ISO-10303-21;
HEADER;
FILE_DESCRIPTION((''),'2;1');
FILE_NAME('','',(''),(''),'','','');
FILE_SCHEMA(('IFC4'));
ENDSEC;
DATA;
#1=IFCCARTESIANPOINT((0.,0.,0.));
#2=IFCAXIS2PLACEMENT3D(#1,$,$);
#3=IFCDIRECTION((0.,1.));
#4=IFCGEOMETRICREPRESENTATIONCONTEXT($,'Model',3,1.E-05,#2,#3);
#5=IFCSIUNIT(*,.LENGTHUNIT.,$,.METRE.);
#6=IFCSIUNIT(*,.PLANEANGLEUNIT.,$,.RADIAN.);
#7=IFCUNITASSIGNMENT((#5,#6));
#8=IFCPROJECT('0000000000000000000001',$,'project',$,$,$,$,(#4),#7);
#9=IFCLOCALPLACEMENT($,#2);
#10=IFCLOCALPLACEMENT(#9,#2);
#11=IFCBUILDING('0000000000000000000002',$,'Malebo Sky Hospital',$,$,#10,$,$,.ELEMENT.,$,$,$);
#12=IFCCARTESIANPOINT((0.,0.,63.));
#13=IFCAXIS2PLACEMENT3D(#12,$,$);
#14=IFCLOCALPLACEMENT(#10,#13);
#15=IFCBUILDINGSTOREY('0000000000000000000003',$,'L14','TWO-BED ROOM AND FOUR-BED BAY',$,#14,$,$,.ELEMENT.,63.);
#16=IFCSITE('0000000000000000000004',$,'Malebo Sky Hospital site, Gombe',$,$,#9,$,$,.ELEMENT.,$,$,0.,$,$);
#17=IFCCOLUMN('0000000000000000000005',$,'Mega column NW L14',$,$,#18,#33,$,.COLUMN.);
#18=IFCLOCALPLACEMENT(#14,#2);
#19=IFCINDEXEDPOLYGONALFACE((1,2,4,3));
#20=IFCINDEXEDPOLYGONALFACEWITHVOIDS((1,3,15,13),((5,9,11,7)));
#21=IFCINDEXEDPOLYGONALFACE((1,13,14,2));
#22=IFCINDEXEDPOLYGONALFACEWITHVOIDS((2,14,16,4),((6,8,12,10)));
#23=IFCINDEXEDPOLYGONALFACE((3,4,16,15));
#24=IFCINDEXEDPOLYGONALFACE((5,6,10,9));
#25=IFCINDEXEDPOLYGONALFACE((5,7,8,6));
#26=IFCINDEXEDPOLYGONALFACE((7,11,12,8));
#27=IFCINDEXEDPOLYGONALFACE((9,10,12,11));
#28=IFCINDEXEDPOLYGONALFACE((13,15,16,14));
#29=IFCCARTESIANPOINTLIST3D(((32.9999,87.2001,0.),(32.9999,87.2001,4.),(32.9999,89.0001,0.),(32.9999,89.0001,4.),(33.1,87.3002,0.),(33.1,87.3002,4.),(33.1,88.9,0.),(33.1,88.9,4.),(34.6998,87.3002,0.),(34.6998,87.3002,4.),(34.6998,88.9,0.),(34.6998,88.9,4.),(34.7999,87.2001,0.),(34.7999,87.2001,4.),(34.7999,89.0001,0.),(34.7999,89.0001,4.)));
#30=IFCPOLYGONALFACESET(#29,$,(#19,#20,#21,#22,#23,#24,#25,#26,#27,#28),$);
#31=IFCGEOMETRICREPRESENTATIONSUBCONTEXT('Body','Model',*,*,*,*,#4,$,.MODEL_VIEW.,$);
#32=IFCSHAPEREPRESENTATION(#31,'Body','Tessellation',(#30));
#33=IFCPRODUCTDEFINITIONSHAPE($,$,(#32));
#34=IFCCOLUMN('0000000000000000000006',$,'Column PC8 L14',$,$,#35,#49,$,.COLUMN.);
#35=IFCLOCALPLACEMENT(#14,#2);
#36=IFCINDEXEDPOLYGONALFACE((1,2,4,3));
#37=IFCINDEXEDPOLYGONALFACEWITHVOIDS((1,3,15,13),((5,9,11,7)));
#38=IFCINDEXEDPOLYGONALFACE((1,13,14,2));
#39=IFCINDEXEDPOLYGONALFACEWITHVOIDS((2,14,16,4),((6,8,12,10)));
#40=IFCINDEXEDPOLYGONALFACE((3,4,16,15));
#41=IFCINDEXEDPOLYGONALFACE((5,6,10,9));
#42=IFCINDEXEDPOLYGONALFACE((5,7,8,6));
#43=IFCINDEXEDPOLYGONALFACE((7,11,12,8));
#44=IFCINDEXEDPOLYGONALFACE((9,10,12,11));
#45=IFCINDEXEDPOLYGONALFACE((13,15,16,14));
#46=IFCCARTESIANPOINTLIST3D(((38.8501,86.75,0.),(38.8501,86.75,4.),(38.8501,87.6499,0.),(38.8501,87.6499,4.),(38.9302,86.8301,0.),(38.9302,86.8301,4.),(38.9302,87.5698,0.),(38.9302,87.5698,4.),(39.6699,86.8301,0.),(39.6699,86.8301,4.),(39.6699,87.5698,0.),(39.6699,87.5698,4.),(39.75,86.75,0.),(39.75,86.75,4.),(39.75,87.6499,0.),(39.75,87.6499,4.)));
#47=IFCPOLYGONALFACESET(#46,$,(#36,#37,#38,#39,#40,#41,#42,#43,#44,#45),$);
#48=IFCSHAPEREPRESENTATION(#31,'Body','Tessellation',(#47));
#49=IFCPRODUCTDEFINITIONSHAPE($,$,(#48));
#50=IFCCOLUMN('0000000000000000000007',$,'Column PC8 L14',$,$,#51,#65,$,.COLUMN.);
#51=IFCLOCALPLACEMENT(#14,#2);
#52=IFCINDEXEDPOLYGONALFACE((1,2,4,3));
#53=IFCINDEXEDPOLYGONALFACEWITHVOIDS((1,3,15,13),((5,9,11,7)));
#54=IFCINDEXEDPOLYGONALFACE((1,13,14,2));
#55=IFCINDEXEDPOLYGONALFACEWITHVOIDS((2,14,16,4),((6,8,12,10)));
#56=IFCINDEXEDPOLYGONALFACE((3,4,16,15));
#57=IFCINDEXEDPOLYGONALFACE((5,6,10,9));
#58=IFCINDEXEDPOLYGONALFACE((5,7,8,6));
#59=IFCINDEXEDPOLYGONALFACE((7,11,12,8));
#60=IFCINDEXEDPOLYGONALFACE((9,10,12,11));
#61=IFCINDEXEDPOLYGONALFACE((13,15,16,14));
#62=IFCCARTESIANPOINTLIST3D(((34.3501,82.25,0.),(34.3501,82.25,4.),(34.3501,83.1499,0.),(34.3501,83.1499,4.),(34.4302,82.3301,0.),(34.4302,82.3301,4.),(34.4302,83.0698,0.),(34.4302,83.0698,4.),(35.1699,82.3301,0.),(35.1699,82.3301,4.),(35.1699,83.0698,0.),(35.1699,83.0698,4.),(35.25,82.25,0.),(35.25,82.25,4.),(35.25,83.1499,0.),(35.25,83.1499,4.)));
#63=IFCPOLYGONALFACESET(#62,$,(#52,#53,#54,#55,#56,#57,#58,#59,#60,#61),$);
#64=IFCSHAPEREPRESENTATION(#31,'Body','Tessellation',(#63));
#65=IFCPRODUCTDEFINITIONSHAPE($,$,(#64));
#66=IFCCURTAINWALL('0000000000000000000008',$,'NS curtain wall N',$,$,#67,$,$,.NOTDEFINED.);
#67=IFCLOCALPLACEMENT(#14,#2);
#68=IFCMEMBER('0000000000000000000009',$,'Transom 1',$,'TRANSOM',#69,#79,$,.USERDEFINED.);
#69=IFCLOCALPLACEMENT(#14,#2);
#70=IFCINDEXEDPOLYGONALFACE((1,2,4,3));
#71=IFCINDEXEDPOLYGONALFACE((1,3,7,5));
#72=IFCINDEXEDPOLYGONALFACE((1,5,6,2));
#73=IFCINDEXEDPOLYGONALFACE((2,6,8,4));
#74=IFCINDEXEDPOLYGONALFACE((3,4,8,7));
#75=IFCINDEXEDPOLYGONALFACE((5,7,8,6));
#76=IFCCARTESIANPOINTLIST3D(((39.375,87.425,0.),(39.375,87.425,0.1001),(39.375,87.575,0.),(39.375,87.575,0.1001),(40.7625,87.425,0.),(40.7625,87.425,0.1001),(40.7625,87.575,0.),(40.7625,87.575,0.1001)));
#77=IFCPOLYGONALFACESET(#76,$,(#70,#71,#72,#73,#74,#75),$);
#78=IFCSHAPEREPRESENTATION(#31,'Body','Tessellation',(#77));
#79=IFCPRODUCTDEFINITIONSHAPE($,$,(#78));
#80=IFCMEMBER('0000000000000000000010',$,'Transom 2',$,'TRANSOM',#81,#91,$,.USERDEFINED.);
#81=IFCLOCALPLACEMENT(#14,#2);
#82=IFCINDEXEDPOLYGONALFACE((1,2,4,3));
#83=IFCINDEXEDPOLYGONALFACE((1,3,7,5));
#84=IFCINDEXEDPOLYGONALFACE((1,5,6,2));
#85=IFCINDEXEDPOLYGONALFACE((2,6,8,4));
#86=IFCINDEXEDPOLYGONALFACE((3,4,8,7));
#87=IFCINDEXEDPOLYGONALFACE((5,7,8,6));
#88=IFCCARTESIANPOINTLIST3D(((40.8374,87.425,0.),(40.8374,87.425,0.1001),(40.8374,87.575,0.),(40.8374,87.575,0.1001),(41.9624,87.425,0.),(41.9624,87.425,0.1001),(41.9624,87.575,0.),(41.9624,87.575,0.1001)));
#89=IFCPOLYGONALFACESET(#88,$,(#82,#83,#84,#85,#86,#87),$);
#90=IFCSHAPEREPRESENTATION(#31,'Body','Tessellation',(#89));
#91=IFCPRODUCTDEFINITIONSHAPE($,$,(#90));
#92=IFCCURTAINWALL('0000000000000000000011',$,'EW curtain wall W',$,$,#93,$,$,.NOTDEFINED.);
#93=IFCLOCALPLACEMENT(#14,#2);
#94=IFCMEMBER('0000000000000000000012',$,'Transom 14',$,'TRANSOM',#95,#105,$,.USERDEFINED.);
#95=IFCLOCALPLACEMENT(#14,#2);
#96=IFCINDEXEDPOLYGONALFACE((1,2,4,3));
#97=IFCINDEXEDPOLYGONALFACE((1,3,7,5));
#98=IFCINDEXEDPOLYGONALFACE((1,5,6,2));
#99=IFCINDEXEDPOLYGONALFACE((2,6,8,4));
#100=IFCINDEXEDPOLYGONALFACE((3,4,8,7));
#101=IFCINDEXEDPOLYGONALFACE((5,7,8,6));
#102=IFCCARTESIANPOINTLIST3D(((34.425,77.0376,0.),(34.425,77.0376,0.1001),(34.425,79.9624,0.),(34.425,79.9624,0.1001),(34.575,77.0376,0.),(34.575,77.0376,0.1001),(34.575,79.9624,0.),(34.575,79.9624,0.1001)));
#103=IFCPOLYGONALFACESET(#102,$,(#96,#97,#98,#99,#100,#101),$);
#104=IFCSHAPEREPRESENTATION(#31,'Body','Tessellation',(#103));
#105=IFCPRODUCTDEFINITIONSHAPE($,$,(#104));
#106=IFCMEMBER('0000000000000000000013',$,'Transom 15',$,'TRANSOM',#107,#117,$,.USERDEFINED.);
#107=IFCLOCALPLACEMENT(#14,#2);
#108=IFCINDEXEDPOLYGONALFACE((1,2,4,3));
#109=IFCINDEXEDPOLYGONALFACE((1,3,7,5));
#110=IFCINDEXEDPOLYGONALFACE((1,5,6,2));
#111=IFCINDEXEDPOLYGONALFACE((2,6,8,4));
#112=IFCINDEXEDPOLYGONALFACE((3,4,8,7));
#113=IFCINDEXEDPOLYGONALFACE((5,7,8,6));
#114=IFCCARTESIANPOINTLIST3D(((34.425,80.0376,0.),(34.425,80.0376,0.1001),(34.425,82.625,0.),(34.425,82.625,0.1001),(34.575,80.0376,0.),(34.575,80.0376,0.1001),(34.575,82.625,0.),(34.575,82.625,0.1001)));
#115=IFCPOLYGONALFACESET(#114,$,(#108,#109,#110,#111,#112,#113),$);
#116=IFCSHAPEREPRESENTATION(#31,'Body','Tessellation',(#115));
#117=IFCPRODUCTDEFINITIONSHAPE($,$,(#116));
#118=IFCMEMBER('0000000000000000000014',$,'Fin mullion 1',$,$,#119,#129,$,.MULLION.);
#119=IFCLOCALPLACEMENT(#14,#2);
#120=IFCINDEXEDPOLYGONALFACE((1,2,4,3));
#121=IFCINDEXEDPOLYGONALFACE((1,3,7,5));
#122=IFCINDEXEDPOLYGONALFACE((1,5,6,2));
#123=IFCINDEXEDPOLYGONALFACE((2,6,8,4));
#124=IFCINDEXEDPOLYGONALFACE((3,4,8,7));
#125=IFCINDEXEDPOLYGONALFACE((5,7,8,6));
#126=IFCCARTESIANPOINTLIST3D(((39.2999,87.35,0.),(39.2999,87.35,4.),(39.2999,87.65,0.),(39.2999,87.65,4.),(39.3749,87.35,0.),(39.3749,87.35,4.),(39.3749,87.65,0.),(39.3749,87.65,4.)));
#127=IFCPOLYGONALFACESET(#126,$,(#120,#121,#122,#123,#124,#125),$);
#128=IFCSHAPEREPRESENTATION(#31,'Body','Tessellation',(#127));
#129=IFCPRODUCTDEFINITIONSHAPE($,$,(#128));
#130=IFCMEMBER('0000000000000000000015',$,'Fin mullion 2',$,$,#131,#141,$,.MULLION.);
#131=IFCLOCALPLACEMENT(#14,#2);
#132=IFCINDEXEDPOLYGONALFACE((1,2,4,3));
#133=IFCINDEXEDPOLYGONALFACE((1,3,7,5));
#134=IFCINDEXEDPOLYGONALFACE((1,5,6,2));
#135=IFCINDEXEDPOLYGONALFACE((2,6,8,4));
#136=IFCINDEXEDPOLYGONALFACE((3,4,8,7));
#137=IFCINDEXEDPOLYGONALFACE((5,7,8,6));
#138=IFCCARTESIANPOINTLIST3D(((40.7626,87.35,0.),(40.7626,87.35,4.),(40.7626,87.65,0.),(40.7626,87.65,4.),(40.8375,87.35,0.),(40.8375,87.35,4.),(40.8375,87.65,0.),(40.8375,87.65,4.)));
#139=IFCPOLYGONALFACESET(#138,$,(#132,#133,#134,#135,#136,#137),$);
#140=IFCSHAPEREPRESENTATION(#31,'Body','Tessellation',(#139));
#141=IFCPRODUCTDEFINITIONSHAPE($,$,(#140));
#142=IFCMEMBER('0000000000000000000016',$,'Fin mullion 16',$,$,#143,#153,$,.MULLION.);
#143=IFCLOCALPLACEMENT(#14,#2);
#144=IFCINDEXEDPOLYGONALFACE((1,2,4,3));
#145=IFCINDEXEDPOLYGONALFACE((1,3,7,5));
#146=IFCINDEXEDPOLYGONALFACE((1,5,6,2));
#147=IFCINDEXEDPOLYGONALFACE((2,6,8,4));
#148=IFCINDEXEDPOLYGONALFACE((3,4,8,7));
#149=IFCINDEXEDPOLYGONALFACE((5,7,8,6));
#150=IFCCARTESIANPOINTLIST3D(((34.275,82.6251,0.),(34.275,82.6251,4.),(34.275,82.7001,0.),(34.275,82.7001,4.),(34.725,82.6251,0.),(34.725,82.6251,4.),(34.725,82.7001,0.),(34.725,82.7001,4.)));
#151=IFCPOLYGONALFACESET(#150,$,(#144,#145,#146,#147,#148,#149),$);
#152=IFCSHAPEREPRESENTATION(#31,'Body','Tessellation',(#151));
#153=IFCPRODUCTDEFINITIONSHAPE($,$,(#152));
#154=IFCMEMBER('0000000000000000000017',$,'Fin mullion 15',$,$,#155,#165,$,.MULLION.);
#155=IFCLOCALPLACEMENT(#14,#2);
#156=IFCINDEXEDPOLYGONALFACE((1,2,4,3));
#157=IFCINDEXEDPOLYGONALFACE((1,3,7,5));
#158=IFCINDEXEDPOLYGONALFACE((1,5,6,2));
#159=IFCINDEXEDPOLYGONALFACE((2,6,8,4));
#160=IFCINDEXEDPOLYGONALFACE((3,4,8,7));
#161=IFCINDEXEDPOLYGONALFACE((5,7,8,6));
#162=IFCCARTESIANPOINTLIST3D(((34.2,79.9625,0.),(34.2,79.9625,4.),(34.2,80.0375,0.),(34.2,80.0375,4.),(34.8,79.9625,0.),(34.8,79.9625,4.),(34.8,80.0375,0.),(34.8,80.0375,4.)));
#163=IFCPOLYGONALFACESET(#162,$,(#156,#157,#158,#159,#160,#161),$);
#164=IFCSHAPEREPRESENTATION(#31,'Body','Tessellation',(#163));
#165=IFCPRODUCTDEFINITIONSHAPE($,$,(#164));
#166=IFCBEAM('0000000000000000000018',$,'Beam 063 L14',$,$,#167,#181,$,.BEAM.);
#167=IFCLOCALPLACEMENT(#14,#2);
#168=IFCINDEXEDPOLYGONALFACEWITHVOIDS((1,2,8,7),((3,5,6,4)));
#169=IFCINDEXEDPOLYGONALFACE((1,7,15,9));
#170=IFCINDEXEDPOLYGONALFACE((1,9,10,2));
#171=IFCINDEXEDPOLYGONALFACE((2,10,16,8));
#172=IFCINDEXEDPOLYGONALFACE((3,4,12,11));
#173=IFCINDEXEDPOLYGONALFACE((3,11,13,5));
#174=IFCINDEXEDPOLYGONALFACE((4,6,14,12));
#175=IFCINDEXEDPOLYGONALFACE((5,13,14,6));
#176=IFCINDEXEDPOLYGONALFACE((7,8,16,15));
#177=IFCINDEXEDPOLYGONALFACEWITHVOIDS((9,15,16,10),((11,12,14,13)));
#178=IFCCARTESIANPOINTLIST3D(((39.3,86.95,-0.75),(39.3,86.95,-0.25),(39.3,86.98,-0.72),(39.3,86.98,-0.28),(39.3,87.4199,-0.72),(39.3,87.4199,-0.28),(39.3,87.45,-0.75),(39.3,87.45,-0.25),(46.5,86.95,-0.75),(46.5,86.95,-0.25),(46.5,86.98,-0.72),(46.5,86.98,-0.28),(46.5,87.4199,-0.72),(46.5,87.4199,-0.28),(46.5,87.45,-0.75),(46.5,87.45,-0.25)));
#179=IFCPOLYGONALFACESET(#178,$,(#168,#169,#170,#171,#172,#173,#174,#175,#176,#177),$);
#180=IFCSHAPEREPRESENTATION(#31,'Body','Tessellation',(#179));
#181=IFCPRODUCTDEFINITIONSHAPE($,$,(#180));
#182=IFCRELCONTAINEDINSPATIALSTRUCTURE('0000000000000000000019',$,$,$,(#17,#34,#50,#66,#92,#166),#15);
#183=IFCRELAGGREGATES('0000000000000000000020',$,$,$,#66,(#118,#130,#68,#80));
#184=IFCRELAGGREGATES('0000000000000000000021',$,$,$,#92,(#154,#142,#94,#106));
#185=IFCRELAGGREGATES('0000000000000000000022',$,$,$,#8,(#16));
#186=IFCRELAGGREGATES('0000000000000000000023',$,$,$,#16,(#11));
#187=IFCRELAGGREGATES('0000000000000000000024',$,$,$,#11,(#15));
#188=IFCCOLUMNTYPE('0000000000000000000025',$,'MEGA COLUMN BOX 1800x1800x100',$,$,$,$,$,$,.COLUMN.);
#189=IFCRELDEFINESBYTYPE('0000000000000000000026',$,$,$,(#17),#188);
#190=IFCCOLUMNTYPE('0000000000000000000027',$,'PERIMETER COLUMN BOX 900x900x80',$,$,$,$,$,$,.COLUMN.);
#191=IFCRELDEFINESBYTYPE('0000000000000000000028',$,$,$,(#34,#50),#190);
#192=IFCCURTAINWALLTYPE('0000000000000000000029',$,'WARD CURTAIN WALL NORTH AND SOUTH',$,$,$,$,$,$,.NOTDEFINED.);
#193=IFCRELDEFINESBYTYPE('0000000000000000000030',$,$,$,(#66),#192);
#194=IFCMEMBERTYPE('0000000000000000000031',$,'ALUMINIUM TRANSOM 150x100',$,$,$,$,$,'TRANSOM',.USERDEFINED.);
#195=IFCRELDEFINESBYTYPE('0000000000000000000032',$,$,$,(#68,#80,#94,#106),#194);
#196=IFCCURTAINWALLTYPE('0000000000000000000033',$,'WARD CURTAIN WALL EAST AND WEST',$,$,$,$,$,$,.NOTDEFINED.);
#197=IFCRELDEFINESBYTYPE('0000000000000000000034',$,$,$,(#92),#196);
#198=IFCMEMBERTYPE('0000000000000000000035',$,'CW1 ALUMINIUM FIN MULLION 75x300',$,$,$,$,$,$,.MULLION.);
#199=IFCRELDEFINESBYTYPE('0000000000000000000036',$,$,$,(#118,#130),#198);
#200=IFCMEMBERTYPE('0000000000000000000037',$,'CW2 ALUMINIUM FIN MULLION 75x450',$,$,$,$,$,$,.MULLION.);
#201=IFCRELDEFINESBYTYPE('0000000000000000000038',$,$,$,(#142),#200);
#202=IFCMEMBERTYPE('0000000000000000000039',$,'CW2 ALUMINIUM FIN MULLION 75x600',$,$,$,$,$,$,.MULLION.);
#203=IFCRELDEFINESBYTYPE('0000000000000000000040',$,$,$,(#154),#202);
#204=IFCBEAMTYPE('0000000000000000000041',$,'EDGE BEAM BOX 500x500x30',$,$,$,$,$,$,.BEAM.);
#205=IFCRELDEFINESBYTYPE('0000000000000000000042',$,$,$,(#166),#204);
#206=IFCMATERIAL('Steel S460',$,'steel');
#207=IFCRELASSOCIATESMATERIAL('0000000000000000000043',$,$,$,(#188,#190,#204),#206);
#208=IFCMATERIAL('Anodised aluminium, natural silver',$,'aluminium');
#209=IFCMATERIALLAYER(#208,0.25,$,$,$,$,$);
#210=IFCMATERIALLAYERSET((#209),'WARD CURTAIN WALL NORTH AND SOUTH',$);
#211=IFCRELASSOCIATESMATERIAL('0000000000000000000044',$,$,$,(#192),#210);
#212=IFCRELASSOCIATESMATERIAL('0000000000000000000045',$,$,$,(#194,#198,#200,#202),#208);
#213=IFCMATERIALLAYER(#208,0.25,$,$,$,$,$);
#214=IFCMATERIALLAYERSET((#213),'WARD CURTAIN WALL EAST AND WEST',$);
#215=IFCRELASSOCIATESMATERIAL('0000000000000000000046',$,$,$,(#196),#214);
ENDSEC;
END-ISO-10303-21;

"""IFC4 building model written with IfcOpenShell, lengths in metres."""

from ifc_helpers import new_model, si_unit, direction, frame, origin, origin_2d, place, context, subcontext, project, spatial, rectangle, hollow_rectangle, extrude, material, layer, layer_set, material_profile, profile_set, type_object, element, aggregate, save


model = new_model("IFC4")

# Units and contexts
model_context = context("Model", 3, precision=1e-05, world=origin(), true_north=direction((0.0, 1.0)))
body_context = subcontext(model_context, "Body", "Model", "MODEL_VIEW")
ifc_project = project(units=[si_unit("LENGTHUNIT", "METRE"), si_unit("PLANEANGLEUNIT", "RADIAN")], contexts=[model_context])

# Site, building, storey
site_placement = place(None, origin())
site = spatial("IfcSite", under=ifc_project, at=site_placement, Name="Malebo Sky Hospital site, Gombe", CompositionType="ELEMENT", RefElevation=0.0)
building_placement = place(site_placement, origin())
building = spatial("IfcBuilding", under=site, at=building_placement, Name="Malebo Sky Hospital", CompositionType="ELEMENT")
storey_placement = place(building_placement, frame((0.0, 0.0, 63.0)))
storey = spatial("IfcBuildingStorey", under=building, at=storey_placement, Name="L14", Description="TWO-BED ROOM AND FOUR-BED BAY", CompositionType="ELEMENT", Elevation=63.0)

# Columns
ifc_material_1 = material(Name="Steel S460", Category="steel")
ifc_material_profile_1 = material_profile(ifc_material_1, hollow_rectangle(XDim=1.8, YDim=1.8, WallThickness=0.1001, at=origin_2d()), Name="BOX 1800x1800x100")
ifc_profile_set_1 = profile_set([ifc_material_profile_1], Name="Steel S460")
column_type_1 = type_object("IfcColumnType", Name="MEGA COLUMN BOX 1800x1800x100", PredefinedType="COLUMN", material=ifc_profile_set_1)
column_placement = place(storey_placement, frame((33.8999, 88.1001, 0.0), z_axis=(0.0, 0.0, 1.0), x_axis=(1.0, 0.0, 0.0)))
element("IfcColumn", 1, at=column_placement, inside=storey, type_object=column_type_1, Name="Mega column NW L14", PredefinedType="COLUMN", context=body_context, shape_type="SweptSolid", body=[
    extrude(hollow_rectangle(XDim=1.8, YDim=1.8, WallThickness=0.1001, at=origin_2d()), origin(), (0.0, 0.0, 1.0), 4.0),
])
ifc_material_profile_2 = material_profile(ifc_material_1, hollow_rectangle(XDim=0.8999, YDim=0.8999, WallThickness=0.0801, at=origin_2d()), Name="BOX 900x900x80")
ifc_profile_set_2 = profile_set([ifc_material_profile_2], Name="Steel S460")
column_type_2 = type_object("IfcColumnType", Name="PERIMETER COLUMN BOX 900x900x80", PredefinedType="COLUMN", material=ifc_profile_set_2)
for number, where, z_axis, x_axis, name in (
    (2, (39.3, 87.2, 0.0), (0.0, 0.0, 1.0), (1.0, 0.0, 0.0), "Column PC8 L14"),
    (3, (34.8, 82.7, 0.0), (0.0, 0.0, 1.0), (1.0, 0.0, 0.0), "Column PC8 L14"),
):
    element("IfcColumn", number, at=place(storey_placement, frame(where, z_axis=z_axis, x_axis=x_axis)), inside=storey, type_object=column_type_2, Name=name, PredefinedType="COLUMN", context=body_context, shape_type="SweptSolid", body=[
        extrude(hollow_rectangle(XDim=0.8999, YDim=0.8999, WallThickness=0.0801, at=origin_2d()), origin(), (0.0, 0.0, 1.0), 4.0),
    ])

# Curtain walls, members
ifc_material_2 = material(Name="Anodised aluminium, natural silver", Category="aluminium")
ifc_layer_1 = layer(ifc_material_2, 0.25)
ifc_layer_set_1 = layer_set([ifc_layer_1], Name="WARD CURTAIN WALL NORTH AND SOUTH")
curtain_wall_type_1 = type_object("IfcCurtainWallType", Name="WARD CURTAIN WALL NORTH AND SOUTH", PredefinedType="NOTDEFINED", material=ifc_layer_set_1)
curtain_wall_1_placement = place(storey_placement, origin())
curtain_wall_1 = element("IfcCurtainWall", 4, at=curtain_wall_1_placement, inside=storey, type_object=curtain_wall_type_1, Name="NS curtain wall N", PredefinedType="NOTDEFINED")
ifc_material_profile_3 = material_profile(ifc_material_2, rectangle(XDim=0.1499, YDim=0.1001, at=origin_2d()), Name="ALUMINIUM TRANSOM 150x100")
ifc_profile_set_3 = profile_set([ifc_material_profile_3], Name="Anodised aluminium, natural silver")
member_type_1 = type_object("IfcMemberType", Name="ALUMINIUM TRANSOM 150x100", ElementType="TRANSOM", PredefinedType="USERDEFINED", material=ifc_profile_set_3)
member_1_placement = place(storey_placement, frame((39.375, 87.5, 0.05), z_axis=(1.0, 0.0, 0.0), x_axis=(0.0, 1.0, 0.0)))
member_1 = element("IfcMember", 5, at=member_1_placement, type_object=member_type_1, Name="Transom 1", ObjectType="TRANSOM", PredefinedType="USERDEFINED", context=body_context, shape_type="SweptSolid", body=[
    extrude(rectangle(XDim=0.1499, YDim=0.1001, at=origin_2d()), origin(), (0.0, 0.0, 1.0), 1.3875),
])
member_2_placement = place(storey_placement, frame((40.8374, 87.5, 0.05), z_axis=(1.0, 0.0, 0.0), x_axis=(0.0, 1.0, 0.0)))
member_2 = element("IfcMember", 6, at=member_2_placement, type_object=member_type_1, Name="Transom 2", ObjectType="TRANSOM", PredefinedType="USERDEFINED", context=body_context, shape_type="SweptSolid", body=[
    extrude(rectangle(XDim=0.1499, YDim=0.1001, at=origin_2d()), origin(), (0.0, 0.0, 1.0), 1.125),
])
ifc_layer_2 = layer(ifc_material_2, 0.25)
ifc_layer_set_2 = layer_set([ifc_layer_2], Name="WARD CURTAIN WALL EAST AND WEST")
curtain_wall_type_2 = type_object("IfcCurtainWallType", Name="WARD CURTAIN WALL EAST AND WEST", PredefinedType="NOTDEFINED", material=ifc_layer_set_2)
curtain_wall_2_placement = place(storey_placement, origin())
curtain_wall_2 = element("IfcCurtainWall", 7, at=curtain_wall_2_placement, inside=storey, type_object=curtain_wall_type_2, Name="EW curtain wall W", PredefinedType="NOTDEFINED")
member_3_placement = place(storey_placement, frame((34.5, 77.0376, 0.05), z_axis=(0.0, 1.0, 0.0), x_axis=(-1.0, 0.0, 0.0)))
member_3 = element("IfcMember", 8, at=member_3_placement, type_object=member_type_1, Name="Transom 14", ObjectType="TRANSOM", PredefinedType="USERDEFINED", context=body_context, shape_type="SweptSolid", body=[
    extrude(rectangle(XDim=0.1499, YDim=0.1001, at=origin_2d()), origin(), (0.0, 0.0, 1.0), 2.9248),
])
member_4_placement = place(storey_placement, frame((34.5, 80.0376, 0.05), z_axis=(0.0, 1.0, 0.0), x_axis=(-1.0, 0.0, 0.0)))
member_4 = element("IfcMember", 9, at=member_4_placement, type_object=member_type_1, Name="Transom 15", ObjectType="TRANSOM", PredefinedType="USERDEFINED", context=body_context, shape_type="SweptSolid", body=[
    extrude(rectangle(XDim=0.1499, YDim=0.1001, at=origin_2d()), origin(), (0.0, 0.0, 1.0), 2.5874),
])

# Members
ifc_material_profile_4 = material_profile(ifc_material_2, rectangle(XDim=0.075, YDim=0.3, at=origin_2d()), Name="CW1 ALUMINIUM FIN MULLION 75x300")
ifc_profile_set_4 = profile_set([ifc_material_profile_4], Name="Anodised aluminium, natural silver")
member_type_2 = type_object("IfcMemberType", Name="CW1 ALUMINIUM FIN MULLION 75x300", PredefinedType="MULLION", material=ifc_profile_set_4)
member_5_placement = place(storey_placement, frame((39.3374, 87.5, 0.0), z_axis=(0.0, 0.0, 1.0), x_axis=(1.0, 0.0, 0.0)))
member_5 = element("IfcMember", 10, at=member_5_placement, type_object=member_type_2, Name="Fin mullion 1", PredefinedType="MULLION", context=body_context, shape_type="SweptSolid", body=[
    extrude(rectangle(XDim=0.075, YDim=0.3, at=origin_2d()), origin(), (0.0, 0.0, 1.0), 4.0),
])
member_6_placement = place(storey_placement, frame((40.8, 87.5, 0.0), z_axis=(0.0, 0.0, 1.0), x_axis=(1.0, 0.0, 0.0)))
member_6 = element("IfcMember", 11, at=member_6_placement, type_object=member_type_2, Name="Fin mullion 2", PredefinedType="MULLION", context=body_context, shape_type="SweptSolid", body=[
    extrude(rectangle(XDim=0.075, YDim=0.3, at=origin_2d()), origin(), (0.0, 0.0, 1.0), 4.0),
])
ifc_material_profile_5 = material_profile(ifc_material_2, rectangle(XDim=0.075, YDim=0.45, at=origin_2d()), Name="CW2 ALUMINIUM FIN MULLION 75x450")
ifc_profile_set_5 = profile_set([ifc_material_profile_5], Name="Anodised aluminium, natural silver")
member_type_3 = type_object("IfcMemberType", Name="CW2 ALUMINIUM FIN MULLION 75x450", PredefinedType="MULLION", material=ifc_profile_set_5)
member_7_placement = place(storey_placement, frame((34.5, 82.6626, 0.0), z_axis=(0.0, 0.0, 1.0), x_axis=(0.0, 1.0, 0.0)))
member_7 = element("IfcMember", 12, at=member_7_placement, type_object=member_type_3, Name="Fin mullion 16", PredefinedType="MULLION", context=body_context, shape_type="SweptSolid", body=[
    extrude(rectangle(XDim=0.075, YDim=0.45, at=origin_2d()), origin(), (0.0, 0.0, 1.0), 4.0),
])
ifc_material_profile_6 = material_profile(ifc_material_2, rectangle(XDim=0.075, YDim=0.6001, at=origin_2d()), Name="CW2 ALUMINIUM FIN MULLION 75x600")
ifc_profile_set_6 = profile_set([ifc_material_profile_6], Name="Anodised aluminium, natural silver")
member_type_4 = type_object("IfcMemberType", Name="CW2 ALUMINIUM FIN MULLION 75x600", PredefinedType="MULLION", material=ifc_profile_set_6)
member_8_placement = place(storey_placement, frame((34.5, 80.0, 0.0), z_axis=(0.0, 0.0, 1.0), x_axis=(0.0, 1.0, 0.0)))
member_8 = element("IfcMember", 13, at=member_8_placement, type_object=member_type_4, Name="Fin mullion 15", PredefinedType="MULLION", context=body_context, shape_type="SweptSolid", body=[
    extrude(rectangle(XDim=0.075, YDim=0.6001, at=origin_2d()), origin(), (0.0, 0.0, 1.0), 4.0),
])

# Beam
ifc_material_profile_7 = material_profile(ifc_material_1, hollow_rectangle(XDim=0.5, YDim=0.5, WallThickness=0.03, at=origin_2d()), Name="BOX 500x500x30")
ifc_profile_set_7 = profile_set([ifc_material_profile_7], Name="Steel S460")
beam_type_1 = type_object("IfcBeamType", Name="EDGE BEAM BOX 500x500x30", PredefinedType="BEAM", material=ifc_profile_set_7)
beam_1_placement = place(storey_placement, frame((39.3, 87.2, -0.5), z_axis=(1.0, 0.0, 0.0), x_axis=(0.0, 1.0, 0.0)))
element("IfcBeam", 14, at=beam_1_placement, inside=storey, type_object=beam_type_1, Name="Beam 063 L14", PredefinedType="BEAM", context=body_context, shape_type="SweptSolid", body=[
    extrude(hollow_rectangle(XDim=0.5, YDim=0.5, WallThickness=0.03, at=origin_2d()), origin(), (0.0, 0.0, 1.0), 7.2),
])

aggregate(curtain_wall_1, [member_5, member_6, member_1, member_2])
aggregate(curtain_wall_2, [member_8, member_7, member_3, member_4])

save(model, "model.ifc")
